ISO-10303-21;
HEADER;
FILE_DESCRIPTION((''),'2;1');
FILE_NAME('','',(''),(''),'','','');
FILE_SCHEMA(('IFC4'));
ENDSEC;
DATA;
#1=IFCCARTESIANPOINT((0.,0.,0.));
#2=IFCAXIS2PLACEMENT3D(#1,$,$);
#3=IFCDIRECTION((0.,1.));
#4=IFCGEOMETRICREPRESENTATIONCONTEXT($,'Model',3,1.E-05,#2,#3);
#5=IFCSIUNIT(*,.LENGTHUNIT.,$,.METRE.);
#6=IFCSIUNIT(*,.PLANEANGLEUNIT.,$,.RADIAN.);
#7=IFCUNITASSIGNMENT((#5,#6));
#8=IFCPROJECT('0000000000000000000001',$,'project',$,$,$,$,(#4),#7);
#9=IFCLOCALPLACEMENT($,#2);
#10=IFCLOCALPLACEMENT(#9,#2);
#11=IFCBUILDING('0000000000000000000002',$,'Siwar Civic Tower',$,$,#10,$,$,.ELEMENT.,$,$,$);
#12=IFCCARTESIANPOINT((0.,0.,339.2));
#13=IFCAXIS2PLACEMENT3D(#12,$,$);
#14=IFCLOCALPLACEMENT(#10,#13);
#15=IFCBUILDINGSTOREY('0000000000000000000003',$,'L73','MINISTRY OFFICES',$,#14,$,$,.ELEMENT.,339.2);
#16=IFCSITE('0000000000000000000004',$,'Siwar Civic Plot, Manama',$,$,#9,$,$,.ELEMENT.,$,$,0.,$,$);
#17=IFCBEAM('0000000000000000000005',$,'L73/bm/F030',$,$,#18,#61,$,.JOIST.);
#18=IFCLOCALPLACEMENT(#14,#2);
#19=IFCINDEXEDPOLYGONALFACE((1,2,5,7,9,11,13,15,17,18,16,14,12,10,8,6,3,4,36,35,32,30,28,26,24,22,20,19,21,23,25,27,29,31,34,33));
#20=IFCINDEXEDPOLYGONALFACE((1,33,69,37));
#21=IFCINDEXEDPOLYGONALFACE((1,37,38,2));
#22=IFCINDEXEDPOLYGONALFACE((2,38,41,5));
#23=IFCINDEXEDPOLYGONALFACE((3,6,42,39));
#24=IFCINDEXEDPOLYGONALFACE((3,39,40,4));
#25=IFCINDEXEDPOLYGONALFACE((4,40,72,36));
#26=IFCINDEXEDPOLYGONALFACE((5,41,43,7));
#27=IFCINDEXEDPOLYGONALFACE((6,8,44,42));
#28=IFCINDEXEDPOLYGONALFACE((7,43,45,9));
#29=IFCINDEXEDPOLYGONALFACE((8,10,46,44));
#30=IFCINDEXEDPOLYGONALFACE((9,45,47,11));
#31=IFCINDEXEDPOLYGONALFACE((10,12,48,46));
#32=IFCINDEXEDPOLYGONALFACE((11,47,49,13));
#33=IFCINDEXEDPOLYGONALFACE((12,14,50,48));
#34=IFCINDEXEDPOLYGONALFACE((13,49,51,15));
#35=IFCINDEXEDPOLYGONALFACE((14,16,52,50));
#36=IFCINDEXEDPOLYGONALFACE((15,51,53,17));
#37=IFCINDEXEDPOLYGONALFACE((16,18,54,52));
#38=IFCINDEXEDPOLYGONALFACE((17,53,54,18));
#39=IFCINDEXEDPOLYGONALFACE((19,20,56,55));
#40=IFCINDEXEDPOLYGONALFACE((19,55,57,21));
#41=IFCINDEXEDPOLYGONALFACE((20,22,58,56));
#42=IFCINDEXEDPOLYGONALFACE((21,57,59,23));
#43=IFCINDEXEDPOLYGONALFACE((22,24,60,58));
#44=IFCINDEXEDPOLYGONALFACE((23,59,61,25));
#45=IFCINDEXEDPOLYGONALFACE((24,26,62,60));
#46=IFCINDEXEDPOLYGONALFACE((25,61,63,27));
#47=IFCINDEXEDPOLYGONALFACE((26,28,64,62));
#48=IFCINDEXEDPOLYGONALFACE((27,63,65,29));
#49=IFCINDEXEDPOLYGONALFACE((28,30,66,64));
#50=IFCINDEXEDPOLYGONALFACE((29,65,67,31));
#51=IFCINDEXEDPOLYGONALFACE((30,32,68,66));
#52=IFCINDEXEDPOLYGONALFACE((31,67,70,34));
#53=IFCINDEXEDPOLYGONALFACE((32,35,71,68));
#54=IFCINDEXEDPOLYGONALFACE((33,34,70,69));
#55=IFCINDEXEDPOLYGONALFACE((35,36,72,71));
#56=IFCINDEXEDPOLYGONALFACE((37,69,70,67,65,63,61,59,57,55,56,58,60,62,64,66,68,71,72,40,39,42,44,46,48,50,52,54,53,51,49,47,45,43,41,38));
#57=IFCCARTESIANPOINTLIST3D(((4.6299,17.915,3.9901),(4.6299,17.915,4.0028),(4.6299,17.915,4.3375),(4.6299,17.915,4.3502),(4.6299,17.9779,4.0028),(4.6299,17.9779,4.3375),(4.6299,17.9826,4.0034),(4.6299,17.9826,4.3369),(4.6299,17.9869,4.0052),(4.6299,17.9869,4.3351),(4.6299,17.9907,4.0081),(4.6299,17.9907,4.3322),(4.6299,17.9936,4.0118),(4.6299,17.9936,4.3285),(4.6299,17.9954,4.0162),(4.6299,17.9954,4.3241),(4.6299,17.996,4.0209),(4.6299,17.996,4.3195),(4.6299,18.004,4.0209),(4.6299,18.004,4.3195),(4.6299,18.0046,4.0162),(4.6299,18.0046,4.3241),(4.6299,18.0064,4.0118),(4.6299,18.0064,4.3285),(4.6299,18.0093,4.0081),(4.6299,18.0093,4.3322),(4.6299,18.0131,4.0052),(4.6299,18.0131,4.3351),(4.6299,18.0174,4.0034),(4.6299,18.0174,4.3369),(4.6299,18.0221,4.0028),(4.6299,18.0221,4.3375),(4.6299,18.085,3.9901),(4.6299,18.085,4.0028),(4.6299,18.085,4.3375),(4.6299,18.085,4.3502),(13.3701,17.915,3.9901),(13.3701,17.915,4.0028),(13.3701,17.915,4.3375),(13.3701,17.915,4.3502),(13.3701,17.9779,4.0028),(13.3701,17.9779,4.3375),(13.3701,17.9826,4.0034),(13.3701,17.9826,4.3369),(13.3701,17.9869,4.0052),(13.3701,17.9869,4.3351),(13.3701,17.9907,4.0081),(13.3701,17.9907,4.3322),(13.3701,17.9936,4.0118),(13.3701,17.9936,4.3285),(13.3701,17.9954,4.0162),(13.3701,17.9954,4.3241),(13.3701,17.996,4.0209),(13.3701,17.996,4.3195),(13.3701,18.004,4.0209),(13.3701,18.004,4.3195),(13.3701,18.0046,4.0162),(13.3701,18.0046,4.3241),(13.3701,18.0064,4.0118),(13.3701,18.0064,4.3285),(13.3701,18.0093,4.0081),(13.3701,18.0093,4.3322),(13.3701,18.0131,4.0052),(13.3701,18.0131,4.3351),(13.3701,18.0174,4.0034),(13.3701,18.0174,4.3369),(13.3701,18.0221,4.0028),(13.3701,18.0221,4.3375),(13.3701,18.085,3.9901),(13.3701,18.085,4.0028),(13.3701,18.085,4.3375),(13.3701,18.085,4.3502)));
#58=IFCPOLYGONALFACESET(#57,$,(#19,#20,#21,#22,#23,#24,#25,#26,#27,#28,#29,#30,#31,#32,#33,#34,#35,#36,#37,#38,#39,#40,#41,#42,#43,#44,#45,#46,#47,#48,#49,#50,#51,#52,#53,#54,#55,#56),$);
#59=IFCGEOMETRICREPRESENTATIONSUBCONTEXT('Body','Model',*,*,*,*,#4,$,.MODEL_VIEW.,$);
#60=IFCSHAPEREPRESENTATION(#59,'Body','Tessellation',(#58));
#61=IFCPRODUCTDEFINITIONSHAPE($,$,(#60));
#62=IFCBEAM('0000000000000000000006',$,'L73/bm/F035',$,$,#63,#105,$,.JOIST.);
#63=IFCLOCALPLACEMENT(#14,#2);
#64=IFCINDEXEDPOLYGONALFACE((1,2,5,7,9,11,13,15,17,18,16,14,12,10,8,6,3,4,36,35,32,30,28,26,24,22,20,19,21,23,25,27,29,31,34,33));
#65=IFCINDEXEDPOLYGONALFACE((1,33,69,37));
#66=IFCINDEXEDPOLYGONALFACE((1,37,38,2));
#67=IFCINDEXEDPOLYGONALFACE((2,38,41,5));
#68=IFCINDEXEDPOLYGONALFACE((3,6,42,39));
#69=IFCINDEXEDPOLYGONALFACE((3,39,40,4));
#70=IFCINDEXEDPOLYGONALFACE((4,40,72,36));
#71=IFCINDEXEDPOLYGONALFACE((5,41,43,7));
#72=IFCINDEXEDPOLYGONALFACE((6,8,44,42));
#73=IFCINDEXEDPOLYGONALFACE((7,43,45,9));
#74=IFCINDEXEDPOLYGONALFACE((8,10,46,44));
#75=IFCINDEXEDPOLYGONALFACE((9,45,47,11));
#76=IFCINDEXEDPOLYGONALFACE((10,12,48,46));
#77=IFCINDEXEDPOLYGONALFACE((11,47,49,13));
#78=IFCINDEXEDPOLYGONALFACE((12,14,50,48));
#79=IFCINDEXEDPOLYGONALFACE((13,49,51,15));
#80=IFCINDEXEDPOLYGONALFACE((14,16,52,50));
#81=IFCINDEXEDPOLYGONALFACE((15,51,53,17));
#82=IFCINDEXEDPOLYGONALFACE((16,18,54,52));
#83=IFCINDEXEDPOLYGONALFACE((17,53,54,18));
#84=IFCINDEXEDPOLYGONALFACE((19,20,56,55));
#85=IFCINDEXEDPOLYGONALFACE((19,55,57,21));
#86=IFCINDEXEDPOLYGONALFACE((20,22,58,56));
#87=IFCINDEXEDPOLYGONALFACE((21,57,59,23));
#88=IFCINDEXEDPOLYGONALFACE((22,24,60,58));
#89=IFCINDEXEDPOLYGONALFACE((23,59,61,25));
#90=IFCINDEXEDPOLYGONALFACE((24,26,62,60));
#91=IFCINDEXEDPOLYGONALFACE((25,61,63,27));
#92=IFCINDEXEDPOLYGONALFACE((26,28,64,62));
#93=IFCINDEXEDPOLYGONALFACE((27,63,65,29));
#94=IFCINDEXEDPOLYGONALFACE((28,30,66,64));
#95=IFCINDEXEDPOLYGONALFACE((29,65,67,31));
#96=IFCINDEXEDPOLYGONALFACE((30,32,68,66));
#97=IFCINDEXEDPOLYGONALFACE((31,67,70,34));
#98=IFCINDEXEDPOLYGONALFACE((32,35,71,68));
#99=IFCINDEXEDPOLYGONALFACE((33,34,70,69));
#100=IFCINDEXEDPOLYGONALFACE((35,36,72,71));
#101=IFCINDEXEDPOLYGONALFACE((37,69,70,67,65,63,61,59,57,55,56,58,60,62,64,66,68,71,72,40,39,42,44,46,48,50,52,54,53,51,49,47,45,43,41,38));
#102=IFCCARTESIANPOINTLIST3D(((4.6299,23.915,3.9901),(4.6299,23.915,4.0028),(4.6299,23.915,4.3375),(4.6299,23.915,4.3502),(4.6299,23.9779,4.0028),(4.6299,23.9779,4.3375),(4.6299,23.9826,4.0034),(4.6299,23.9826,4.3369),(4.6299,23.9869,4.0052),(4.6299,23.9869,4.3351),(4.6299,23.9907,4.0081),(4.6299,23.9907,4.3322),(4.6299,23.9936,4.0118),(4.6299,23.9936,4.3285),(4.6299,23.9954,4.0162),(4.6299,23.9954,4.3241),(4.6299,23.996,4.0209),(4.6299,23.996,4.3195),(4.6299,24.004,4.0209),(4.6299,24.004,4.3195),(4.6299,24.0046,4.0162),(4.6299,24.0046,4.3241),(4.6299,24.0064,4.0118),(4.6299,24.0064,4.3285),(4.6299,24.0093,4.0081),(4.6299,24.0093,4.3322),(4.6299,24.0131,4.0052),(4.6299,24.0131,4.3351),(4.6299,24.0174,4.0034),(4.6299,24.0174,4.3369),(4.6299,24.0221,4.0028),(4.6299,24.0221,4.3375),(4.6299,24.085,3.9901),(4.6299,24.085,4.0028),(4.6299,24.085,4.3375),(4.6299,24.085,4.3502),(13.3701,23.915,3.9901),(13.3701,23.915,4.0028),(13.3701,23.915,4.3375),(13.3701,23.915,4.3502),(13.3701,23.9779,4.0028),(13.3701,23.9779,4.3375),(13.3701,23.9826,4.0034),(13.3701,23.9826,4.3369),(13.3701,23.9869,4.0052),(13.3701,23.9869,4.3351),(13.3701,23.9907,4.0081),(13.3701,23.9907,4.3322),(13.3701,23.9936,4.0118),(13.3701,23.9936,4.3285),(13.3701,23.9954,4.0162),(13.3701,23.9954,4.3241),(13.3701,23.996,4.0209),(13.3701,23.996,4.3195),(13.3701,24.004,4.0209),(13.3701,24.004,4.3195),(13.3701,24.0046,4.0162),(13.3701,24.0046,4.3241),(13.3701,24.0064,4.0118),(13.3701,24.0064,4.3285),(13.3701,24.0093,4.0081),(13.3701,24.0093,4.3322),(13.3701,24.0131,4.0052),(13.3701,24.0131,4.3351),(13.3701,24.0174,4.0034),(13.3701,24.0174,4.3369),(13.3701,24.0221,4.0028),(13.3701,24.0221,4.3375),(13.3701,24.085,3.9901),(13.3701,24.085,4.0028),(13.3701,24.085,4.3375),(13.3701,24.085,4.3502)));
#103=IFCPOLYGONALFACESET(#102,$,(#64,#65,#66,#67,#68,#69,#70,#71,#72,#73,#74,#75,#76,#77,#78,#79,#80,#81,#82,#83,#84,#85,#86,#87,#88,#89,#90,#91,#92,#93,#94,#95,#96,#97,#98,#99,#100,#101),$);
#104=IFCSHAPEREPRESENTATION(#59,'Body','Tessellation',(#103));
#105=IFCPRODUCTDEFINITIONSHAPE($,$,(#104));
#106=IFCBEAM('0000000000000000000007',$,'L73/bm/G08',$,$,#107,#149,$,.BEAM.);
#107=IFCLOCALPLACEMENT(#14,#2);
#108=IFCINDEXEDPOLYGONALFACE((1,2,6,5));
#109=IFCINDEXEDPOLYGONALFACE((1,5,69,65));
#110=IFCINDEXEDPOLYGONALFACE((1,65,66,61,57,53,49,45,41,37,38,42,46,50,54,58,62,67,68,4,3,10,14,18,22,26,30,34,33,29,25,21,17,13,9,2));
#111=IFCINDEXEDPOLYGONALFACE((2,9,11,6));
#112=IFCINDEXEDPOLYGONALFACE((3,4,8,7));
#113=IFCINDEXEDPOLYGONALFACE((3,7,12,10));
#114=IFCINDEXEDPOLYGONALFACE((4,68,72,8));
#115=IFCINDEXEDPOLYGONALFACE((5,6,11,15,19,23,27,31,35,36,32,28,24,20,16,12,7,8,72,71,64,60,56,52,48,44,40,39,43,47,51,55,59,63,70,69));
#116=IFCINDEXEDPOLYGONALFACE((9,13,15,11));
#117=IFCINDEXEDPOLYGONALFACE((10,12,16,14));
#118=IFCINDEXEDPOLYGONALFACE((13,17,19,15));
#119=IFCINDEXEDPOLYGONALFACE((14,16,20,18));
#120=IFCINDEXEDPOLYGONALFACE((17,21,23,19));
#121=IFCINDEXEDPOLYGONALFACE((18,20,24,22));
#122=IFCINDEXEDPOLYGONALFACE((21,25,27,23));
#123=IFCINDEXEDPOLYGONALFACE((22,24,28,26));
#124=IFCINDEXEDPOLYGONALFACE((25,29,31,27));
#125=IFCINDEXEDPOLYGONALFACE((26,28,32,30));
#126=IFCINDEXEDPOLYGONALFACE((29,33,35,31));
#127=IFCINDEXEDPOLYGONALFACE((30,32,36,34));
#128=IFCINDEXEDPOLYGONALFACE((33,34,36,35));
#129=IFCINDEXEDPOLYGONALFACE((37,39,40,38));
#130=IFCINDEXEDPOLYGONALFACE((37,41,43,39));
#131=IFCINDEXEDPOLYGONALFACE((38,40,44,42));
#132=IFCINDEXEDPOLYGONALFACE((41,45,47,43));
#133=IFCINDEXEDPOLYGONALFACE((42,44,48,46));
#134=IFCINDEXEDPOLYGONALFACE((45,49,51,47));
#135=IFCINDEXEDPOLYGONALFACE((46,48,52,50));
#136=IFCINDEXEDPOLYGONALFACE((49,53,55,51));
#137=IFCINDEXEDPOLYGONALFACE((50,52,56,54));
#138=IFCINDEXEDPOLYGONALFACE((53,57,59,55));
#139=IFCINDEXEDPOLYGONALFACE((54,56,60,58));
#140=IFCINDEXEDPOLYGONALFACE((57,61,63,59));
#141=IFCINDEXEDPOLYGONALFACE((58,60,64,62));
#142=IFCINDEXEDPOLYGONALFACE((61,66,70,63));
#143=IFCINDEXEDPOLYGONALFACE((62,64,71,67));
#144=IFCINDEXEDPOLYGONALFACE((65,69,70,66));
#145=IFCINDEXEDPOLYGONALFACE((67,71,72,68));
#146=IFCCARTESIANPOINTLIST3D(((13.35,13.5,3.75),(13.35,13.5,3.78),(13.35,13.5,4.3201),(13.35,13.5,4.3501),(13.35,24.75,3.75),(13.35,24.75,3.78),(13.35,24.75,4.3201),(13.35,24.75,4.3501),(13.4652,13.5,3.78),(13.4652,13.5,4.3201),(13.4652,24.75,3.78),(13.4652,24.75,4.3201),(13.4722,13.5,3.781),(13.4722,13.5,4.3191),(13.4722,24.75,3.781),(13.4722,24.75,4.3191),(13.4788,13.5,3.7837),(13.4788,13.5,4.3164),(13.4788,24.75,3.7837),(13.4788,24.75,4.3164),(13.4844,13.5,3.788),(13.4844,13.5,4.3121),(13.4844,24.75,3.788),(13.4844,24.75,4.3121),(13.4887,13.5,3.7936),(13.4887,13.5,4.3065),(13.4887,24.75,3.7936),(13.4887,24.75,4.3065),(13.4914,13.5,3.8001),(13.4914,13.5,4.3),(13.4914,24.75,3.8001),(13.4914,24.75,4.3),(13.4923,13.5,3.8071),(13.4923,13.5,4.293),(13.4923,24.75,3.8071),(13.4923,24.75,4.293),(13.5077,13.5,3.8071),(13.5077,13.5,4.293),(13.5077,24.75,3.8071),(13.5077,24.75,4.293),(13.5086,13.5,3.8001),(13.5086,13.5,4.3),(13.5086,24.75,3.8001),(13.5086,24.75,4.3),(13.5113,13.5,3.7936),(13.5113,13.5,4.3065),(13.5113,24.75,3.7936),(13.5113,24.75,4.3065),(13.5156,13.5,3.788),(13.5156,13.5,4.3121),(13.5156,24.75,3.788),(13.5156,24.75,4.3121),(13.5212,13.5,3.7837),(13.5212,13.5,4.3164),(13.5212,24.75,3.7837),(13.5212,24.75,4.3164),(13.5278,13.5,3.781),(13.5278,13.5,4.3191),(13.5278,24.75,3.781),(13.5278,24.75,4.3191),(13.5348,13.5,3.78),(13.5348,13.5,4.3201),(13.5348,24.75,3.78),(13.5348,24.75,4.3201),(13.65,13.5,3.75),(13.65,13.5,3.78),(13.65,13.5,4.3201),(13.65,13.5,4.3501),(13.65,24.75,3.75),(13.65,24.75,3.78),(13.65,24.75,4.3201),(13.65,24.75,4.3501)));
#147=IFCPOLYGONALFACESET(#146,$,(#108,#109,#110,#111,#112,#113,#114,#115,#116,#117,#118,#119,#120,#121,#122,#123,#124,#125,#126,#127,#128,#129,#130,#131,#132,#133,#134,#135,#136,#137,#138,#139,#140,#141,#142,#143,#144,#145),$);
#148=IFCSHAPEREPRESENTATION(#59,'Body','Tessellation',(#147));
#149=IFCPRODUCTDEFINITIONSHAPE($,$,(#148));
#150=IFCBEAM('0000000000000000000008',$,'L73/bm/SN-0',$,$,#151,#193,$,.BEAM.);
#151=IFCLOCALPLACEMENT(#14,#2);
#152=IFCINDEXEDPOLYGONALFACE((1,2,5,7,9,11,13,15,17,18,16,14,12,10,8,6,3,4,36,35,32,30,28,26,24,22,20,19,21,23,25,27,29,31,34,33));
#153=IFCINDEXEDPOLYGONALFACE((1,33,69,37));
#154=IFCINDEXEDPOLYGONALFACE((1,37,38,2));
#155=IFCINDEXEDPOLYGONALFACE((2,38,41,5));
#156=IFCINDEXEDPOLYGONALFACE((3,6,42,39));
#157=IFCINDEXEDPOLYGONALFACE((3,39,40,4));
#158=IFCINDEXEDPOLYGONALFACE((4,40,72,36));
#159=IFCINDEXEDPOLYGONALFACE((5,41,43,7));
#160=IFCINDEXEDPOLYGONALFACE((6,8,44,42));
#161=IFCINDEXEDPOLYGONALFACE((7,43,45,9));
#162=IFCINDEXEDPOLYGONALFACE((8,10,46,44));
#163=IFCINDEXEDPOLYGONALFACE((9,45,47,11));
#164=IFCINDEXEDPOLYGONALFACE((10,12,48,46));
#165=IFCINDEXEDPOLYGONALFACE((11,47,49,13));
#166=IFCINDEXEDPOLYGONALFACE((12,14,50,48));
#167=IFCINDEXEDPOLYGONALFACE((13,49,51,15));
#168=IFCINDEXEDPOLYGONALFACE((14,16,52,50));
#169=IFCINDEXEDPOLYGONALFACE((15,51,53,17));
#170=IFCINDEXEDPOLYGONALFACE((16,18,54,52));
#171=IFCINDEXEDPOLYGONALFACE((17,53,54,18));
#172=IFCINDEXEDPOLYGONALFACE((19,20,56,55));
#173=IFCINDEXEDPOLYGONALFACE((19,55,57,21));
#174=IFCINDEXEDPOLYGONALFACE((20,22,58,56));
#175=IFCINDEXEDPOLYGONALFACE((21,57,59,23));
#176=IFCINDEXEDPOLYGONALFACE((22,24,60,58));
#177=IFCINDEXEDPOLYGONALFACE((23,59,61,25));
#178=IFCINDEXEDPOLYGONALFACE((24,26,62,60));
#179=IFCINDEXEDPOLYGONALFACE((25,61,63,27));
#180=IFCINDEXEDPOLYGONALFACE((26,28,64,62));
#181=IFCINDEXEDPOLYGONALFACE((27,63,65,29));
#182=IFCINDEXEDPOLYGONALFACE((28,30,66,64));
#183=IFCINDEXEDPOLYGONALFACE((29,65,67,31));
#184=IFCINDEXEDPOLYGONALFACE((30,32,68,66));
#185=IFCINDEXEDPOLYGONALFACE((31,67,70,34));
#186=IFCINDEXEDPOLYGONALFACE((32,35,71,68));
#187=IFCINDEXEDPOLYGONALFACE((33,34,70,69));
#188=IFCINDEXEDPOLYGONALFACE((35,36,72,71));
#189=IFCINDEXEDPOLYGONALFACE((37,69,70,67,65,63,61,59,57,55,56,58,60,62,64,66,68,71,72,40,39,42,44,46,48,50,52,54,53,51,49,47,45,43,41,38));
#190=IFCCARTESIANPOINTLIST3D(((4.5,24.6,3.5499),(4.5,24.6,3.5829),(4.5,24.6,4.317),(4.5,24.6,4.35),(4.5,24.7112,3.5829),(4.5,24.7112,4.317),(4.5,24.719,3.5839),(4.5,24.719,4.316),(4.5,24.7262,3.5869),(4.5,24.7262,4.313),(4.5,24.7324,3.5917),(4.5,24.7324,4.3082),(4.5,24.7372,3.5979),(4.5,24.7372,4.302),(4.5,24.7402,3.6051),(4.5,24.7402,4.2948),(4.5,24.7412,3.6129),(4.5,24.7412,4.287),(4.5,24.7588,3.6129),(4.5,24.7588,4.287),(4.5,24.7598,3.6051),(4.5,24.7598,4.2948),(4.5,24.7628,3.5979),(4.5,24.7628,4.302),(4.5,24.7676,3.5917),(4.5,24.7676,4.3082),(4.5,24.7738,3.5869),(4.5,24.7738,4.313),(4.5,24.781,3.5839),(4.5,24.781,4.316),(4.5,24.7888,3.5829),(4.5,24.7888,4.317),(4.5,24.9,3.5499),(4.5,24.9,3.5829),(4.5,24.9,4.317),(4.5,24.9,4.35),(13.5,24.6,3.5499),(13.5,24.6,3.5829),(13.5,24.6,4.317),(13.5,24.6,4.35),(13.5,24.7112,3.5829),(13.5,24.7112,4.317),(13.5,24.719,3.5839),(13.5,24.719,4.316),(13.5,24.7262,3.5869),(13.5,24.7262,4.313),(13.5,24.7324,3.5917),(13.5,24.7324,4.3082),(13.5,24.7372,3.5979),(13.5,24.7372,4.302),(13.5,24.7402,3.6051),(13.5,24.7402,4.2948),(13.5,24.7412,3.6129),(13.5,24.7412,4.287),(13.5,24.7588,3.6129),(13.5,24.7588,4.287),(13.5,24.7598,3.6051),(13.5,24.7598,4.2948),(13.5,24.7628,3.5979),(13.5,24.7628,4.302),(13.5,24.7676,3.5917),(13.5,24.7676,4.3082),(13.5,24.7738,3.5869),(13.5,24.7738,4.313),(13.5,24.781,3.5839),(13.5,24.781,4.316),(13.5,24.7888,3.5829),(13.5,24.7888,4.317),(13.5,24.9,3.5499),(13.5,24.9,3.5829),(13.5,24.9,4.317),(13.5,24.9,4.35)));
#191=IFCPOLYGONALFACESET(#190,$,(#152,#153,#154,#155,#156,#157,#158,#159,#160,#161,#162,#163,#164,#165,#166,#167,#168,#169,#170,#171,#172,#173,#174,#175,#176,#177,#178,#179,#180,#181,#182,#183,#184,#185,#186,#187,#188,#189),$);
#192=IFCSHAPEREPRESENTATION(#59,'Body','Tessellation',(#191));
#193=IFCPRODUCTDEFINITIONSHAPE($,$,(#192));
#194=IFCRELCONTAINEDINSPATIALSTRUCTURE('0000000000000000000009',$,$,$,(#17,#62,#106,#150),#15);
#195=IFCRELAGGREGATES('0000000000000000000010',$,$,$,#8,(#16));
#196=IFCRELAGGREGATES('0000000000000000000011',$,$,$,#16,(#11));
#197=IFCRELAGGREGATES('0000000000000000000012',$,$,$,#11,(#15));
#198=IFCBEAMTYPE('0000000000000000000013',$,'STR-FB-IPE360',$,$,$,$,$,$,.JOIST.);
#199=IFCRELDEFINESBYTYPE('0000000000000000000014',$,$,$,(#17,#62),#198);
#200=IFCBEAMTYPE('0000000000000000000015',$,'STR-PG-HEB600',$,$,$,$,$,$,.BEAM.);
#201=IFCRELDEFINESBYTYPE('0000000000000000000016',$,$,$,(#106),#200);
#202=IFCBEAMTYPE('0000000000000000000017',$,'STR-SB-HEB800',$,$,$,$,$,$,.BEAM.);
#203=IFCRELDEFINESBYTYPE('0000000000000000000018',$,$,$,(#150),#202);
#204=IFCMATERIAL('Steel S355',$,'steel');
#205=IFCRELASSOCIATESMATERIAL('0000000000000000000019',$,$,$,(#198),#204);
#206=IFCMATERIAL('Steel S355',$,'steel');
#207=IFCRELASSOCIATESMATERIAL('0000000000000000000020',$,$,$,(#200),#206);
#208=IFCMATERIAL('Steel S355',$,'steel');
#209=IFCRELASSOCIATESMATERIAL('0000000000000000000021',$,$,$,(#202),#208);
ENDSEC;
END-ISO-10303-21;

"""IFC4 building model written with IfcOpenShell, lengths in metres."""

from ifc_helpers import new_model, si_unit, direction, frame, origin, origin_2d, place, context, subcontext, project, spatial, i_section, extrude, material, material_profile, profile_set, type_object, element, save


model = new_model("IFC4")

# Units and contexts
model_context = context("Model", 3, precision=1e-05, world=origin(), true_north=direction((0.0, 1.0)))
body_context = subcontext(model_context, "Body", "Model", "MODEL_VIEW")
ifc_project = project(units=[si_unit("LENGTHUNIT", "METRE"), si_unit("PLANEANGLEUNIT", "RADIAN")], contexts=[model_context])

# Site, building, storey
site_placement = place(None, origin())
site = spatial("IfcSite", under=ifc_project, at=site_placement, Name="Siwar Civic Plot, Manama", CompositionType="ELEMENT", RefElevation=0.0)
building_placement = place(site_placement, origin())
building = spatial("IfcBuilding", under=site, at=building_placement, Name="Siwar Civic Tower", CompositionType="ELEMENT")
storey_placement = place(building_placement, frame((0.0, 0.0, 339.2)))
storey = spatial("IfcBuildingStorey", under=building, at=storey_placement, Name="L73", Description="MINISTRY OFFICES", CompositionType="ELEMENT", Elevation=339.2)

# Beams
ifc_material_1 = material(Name="Steel S355", Category="steel")
ifc_material_profile_1 = material_profile(ifc_material_1, i_section(OverallWidth=0.1699, OverallDepth=0.3601, WebThickness=0.0081, FlangeThickness=0.0127, FilletRadius=0.0181, at=origin_2d()), Name="IPE360")
ifc_profile_set_1 = profile_set([ifc_material_profile_1], Name="Steel S355")
beam_type_1 = type_object("IfcBeamType", Name="STR-FB-IPE360", PredefinedType="JOIST", material=ifc_profile_set_1)
for number, where, z_axis, x_axis, name in (
    (1, (4.6299, 18.0, 4.1702), (1.0, 0.0, 0.0), (0.0, 1.0, 0.0), "L73/bm/F030"),
    (2, (4.6299, 24.0, 4.1702), (1.0, 0.0, 0.0), (0.0, 1.0, 0.0), "L73/bm/F035"),
):
    element("IfcBeam", number, at=place(storey_placement, frame(where, z_axis=z_axis, x_axis=x_axis)), inside=storey, type_object=beam_type_1, Name=name, PredefinedType="JOIST", context=body_context, shape_type="SweptSolid", body=[
        extrude(i_section(OverallWidth=0.1699, OverallDepth=0.3601, WebThickness=0.0081, FlangeThickness=0.0127, FilletRadius=0.0181, at=origin_2d()), origin(), (0.0, 0.0, 1.0), 8.7402),
    ])
ifc_material_2 = material(Name="Steel S355", Category="steel")
ifc_material_profile_2 = material_profile(ifc_material_2, i_section(OverallWidth=0.3, OverallDepth=0.6001, WebThickness=0.0154, FlangeThickness=0.03, FilletRadius=0.0271, at=origin_2d()), Name="HEB600")
ifc_profile_set_2 = profile_set([ifc_material_profile_2], Name="Steel S355")
beam_type_2 = type_object("IfcBeamType", Name="STR-PG-HEB600", PredefinedType="BEAM", material=ifc_profile_set_2)
beam_placement = place(storey_placement, frame((13.5, 13.5, 4.05), z_axis=(0.0, 1.0, 0.0), x_axis=(-1.0, 0.0, 0.0)))
element("IfcBeam", 3, at=beam_placement, inside=storey, type_object=beam_type_2, Name="L73/bm/G08", PredefinedType="BEAM", context=body_context, shape_type="SweptSolid", body=[
    extrude(i_section(OverallWidth=0.3, OverallDepth=0.6001, WebThickness=0.0154, FlangeThickness=0.03, FilletRadius=0.0271, at=origin_2d()), origin(), (0.0, 0.0, 1.0), 11.25),
])
ifc_material_3 = material(Name="Steel S355", Category="steel")
ifc_material_profile_3 = material_profile(ifc_material_3, i_section(OverallWidth=0.3, OverallDepth=0.8, WebThickness=0.0176, FlangeThickness=0.033, FilletRadius=0.03, at=origin_2d()), Name="HEB800")
ifc_profile_set_3 = profile_set([ifc_material_profile_3], Name="Steel S355")
beam_type_3 = type_object("IfcBeamType", Name="STR-SB-HEB800", PredefinedType="BEAM", material=ifc_profile_set_3)
for number, where, z_axis, x_axis, name in (
    (4, (13.5, 24.75, 3.95), (-1.0, 0.0, 0.0), (0.0, -1.0, 0.0), "L73/bm/SN-0"),
):
    element("IfcBeam", number, at=place(storey_placement, frame(where, z_axis=z_axis, x_axis=x_axis)), inside=storey, type_object=beam_type_3, Name=name, PredefinedType="BEAM", context=body_context, shape_type="SweptSolid", body=[
        extrude(i_section(OverallWidth=0.3, OverallDepth=0.8, WebThickness=0.0176, FlangeThickness=0.033, FilletRadius=0.03, at=origin_2d()), origin(), (0.0, 0.0, 1.0), 9.0),
    ])

save(model, "model.ifc")
